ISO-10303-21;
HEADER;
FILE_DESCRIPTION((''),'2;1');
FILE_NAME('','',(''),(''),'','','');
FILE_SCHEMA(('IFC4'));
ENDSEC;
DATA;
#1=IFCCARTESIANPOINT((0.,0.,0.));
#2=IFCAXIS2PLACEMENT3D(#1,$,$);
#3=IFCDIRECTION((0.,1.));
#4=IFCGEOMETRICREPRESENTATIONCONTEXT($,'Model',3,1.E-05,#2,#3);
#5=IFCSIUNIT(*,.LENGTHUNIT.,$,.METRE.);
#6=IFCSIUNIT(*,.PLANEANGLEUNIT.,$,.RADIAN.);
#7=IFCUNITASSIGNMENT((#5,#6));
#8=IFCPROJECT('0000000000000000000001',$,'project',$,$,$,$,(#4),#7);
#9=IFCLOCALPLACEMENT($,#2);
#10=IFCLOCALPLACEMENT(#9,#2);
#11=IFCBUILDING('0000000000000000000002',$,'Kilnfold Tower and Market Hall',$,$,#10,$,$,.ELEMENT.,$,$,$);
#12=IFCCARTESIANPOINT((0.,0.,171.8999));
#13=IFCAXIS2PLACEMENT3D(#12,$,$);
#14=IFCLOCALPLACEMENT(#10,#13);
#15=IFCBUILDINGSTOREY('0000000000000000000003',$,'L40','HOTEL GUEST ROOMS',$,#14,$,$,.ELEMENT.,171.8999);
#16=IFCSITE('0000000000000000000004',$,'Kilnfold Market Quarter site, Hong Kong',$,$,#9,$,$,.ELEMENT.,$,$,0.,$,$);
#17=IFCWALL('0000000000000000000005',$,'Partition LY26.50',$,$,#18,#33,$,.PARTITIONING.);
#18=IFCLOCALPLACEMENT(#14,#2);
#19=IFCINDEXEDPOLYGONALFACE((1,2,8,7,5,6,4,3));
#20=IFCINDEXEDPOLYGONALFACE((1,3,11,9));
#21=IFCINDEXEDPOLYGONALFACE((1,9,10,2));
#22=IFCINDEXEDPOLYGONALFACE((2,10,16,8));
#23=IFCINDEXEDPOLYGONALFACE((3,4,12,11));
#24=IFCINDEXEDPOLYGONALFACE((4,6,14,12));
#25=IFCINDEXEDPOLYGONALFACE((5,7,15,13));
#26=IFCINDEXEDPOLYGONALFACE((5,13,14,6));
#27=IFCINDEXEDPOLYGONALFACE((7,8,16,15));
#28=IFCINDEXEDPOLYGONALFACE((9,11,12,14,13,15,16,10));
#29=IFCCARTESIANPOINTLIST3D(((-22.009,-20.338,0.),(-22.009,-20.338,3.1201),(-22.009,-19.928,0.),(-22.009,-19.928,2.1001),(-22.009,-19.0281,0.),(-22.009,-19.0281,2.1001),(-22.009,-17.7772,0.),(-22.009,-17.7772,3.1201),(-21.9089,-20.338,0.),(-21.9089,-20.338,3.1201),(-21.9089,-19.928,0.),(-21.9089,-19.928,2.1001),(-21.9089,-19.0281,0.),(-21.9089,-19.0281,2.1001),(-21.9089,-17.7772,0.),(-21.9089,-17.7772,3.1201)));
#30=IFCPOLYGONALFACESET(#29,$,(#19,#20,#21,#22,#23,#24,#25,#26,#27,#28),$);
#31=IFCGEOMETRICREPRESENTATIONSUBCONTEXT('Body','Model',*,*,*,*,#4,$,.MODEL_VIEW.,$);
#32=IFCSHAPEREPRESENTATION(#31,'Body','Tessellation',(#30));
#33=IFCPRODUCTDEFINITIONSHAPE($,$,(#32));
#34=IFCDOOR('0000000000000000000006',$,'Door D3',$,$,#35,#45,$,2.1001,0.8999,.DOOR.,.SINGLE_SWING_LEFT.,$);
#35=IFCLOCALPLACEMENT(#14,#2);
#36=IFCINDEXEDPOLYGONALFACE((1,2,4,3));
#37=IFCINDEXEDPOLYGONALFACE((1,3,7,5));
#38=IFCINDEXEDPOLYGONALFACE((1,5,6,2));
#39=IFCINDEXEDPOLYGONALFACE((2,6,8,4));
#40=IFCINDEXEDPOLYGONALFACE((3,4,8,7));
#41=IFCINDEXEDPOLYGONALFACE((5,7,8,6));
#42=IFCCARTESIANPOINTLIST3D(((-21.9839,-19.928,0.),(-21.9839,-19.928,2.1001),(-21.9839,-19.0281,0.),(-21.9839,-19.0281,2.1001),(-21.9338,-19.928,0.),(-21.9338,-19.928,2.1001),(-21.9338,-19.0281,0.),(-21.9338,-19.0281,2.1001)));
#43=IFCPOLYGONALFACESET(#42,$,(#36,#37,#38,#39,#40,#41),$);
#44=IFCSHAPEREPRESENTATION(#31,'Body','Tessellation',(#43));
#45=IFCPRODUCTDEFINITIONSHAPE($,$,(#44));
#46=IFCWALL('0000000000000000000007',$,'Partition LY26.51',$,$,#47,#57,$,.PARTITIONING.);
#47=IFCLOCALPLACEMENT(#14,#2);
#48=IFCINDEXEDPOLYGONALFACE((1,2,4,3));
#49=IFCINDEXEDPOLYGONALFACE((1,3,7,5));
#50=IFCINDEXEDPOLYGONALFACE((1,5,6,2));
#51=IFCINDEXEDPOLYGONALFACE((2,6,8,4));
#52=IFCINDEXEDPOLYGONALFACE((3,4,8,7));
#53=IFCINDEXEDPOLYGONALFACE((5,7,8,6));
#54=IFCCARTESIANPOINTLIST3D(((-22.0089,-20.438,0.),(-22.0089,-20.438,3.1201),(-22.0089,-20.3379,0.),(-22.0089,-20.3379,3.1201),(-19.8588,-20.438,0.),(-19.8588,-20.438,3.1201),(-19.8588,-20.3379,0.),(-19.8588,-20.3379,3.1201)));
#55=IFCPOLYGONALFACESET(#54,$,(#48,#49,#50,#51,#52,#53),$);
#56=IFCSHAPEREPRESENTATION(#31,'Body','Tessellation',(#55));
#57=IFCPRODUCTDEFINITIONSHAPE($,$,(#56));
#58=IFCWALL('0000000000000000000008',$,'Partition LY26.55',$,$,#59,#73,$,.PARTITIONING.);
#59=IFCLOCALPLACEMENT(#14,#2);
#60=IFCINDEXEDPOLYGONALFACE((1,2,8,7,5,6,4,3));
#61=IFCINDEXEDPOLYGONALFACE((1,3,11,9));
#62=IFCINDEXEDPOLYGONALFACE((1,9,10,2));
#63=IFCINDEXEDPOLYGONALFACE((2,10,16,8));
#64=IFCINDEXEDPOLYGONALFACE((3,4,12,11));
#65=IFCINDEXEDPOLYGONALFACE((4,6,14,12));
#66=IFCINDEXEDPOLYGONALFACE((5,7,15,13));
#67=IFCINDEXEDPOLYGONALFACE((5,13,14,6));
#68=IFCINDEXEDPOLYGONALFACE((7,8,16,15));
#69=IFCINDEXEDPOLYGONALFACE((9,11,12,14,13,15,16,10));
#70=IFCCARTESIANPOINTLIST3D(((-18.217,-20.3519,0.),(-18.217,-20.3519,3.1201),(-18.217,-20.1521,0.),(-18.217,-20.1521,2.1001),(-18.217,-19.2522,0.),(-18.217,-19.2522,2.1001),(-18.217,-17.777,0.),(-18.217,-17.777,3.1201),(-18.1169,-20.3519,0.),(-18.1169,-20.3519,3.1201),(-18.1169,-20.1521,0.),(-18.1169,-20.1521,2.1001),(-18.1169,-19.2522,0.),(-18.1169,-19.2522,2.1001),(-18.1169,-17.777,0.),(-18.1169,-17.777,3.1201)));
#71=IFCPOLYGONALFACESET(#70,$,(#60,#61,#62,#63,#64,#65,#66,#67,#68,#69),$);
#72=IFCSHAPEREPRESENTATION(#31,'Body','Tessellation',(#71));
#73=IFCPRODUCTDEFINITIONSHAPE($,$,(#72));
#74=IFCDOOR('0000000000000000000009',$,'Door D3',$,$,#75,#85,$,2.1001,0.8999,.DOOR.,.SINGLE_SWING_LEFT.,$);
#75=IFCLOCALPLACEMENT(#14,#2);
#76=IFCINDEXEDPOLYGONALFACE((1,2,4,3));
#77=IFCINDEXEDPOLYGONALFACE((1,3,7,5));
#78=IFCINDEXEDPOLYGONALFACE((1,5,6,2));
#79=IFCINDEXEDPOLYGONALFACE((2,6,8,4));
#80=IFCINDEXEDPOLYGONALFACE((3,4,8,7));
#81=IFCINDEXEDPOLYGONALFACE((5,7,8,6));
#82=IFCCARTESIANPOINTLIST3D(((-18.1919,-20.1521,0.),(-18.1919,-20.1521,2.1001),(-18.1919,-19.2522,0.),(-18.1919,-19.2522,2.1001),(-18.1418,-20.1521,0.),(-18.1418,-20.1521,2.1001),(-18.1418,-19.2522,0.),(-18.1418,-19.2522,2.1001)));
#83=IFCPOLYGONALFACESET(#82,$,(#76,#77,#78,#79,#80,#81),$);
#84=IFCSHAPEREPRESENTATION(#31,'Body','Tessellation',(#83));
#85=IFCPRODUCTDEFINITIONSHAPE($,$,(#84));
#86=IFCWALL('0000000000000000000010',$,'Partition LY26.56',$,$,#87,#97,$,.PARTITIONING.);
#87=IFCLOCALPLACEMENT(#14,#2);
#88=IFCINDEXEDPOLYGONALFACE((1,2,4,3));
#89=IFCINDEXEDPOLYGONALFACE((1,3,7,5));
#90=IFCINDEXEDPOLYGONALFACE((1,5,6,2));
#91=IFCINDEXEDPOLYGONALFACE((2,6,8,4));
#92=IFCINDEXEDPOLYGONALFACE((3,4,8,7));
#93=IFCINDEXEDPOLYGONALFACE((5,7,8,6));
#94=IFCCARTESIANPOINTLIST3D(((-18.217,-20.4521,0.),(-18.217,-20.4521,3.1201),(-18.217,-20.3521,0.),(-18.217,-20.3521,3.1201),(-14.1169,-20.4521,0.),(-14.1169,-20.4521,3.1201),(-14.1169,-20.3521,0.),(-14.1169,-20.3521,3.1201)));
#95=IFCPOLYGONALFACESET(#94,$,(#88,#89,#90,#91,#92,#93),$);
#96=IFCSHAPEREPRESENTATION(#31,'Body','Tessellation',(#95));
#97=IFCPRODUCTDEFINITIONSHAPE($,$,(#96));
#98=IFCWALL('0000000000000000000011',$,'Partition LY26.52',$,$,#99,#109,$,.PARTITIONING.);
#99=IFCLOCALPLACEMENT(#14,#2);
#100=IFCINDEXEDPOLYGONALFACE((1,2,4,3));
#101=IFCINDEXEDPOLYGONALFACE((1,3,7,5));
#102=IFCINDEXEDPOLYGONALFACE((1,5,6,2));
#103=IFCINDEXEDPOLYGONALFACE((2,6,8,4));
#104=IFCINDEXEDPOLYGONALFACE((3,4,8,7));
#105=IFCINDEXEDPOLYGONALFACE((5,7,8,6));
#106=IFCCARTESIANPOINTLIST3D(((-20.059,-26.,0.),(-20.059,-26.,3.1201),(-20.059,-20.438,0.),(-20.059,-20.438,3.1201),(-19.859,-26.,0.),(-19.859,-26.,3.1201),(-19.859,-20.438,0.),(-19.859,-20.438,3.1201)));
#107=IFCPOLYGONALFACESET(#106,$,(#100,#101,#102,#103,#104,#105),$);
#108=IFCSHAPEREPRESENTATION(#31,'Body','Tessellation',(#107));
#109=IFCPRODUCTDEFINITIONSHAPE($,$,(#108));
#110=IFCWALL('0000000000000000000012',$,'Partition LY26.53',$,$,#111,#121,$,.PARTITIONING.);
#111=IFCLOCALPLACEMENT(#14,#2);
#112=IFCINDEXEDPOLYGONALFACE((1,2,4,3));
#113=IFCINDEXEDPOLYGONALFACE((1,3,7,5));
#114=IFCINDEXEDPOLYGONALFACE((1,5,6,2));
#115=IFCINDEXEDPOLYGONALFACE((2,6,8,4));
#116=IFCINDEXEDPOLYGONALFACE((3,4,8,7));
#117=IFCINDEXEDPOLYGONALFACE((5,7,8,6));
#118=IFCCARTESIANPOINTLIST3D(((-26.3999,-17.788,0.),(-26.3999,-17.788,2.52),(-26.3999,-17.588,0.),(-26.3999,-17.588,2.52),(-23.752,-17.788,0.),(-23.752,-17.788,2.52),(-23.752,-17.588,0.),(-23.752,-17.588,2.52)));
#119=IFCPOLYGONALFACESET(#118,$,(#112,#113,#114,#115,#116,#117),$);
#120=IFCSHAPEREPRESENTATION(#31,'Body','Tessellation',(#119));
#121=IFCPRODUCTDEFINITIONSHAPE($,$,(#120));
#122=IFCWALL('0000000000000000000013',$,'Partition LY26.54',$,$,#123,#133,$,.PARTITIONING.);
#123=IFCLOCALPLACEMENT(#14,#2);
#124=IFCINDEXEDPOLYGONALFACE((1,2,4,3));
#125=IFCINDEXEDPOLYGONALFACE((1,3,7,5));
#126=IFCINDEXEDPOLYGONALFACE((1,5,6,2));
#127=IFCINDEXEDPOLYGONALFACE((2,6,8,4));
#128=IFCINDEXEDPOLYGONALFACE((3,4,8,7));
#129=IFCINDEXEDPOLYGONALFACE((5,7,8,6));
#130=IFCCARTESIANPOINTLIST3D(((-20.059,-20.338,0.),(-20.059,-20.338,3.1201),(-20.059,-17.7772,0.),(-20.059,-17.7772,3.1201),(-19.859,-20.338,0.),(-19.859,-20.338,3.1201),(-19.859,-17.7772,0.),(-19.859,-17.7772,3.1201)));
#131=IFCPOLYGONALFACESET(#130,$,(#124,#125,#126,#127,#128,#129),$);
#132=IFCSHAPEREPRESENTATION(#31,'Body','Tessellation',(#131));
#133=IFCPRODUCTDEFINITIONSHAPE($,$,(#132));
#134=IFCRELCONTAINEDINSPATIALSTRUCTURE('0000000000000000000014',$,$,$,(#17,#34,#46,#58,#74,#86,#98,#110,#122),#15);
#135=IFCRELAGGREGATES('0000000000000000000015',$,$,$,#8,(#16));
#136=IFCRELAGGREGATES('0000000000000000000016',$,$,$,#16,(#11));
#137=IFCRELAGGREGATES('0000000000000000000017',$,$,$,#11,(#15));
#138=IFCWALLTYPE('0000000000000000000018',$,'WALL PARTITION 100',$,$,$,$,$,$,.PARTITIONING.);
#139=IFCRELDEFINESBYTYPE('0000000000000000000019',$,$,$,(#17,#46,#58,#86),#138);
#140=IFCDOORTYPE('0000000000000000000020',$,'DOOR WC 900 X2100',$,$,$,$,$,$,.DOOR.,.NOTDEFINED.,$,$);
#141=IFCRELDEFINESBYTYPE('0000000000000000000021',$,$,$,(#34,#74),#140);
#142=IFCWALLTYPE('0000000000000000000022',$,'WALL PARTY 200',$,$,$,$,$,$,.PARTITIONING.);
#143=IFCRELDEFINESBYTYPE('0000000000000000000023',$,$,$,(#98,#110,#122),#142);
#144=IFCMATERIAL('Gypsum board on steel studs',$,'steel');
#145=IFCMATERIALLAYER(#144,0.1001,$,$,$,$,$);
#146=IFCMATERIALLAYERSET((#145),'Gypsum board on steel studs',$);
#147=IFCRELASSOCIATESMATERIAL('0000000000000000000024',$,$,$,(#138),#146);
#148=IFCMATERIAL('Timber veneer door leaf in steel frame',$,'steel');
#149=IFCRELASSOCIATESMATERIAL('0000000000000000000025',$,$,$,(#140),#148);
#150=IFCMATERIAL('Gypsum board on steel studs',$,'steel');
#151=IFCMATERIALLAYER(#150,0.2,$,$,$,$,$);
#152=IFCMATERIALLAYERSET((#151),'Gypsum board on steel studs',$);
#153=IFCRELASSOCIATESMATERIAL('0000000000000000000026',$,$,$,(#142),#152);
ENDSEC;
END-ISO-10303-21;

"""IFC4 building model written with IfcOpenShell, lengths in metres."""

from ifc_helpers import new_model, si_unit, direction, frame, frame_2d, origin, place, context, subcontext, project, spatial, rectangle, extrude, material, layer, layer_set, type_object, element, fill, save


model = new_model("IFC4")

# Units and contexts
model_context = context("Model", 3, precision=1e-05, world=origin(), true_north=direction((0.0, 1.0)))
body_context = subcontext(model_context, "Body", "Model", "MODEL_VIEW")
ifc_project = project(units=[si_unit("LENGTHUNIT", "METRE"), si_unit("PLANEANGLEUNIT", "RADIAN")], contexts=[model_context])

# Site, building, storey
site_placement = place(None, origin())
site = spatial("IfcSite", under=ifc_project, at=site_placement, Name="Kilnfold Market Quarter site, Hong Kong", CompositionType="ELEMENT", RefElevation=0.0)
building_placement = place(site_placement, origin())
building = spatial("IfcBuilding", under=site, at=building_placement, Name="Kilnfold Tower and Market Hall", CompositionType="ELEMENT")
storey_placement = place(building_placement, frame((0.0, 0.0, 171.8999)))
storey = spatial("IfcBuildingStorey", under=building, at=storey_placement, Name="L40", Description="HOTEL GUEST ROOMS", CompositionType="ELEMENT", Elevation=171.8999)

# Wall, opening, door
ifc_material_1 = material(Name="Gypsum board on steel studs", Category="steel")
ifc_layer_1 = layer(ifc_material_1, 0.1001)
ifc_layer_set_1 = layer_set([ifc_layer_1], Name="Gypsum board on steel studs")
wall_type_1 = type_object("IfcWallType", Name="WALL PARTITION 100", PredefinedType="PARTITIONING", material=ifc_layer_set_1)
wall_1_placement = place(storey_placement, frame((-21.959, -20.3379, 0.0), z_axis=(0.0, 0.0, 1.0), x_axis=(0.0, 1.0, 0.0)))
wall_1 = element("IfcWall", 1, at=wall_1_placement, inside=storey, type_object=wall_type_1, Name="Partition LY26.50", PredefinedType="PARTITIONING", context=body_context, shape_type="SweptSolid", body=[
    extrude(rectangle(XDim=2.5608, YDim=0.1001, at=frame_2d((1.2803, 0.0))), origin(), (0.0, 0.0, 1.0), 3.1201),
])
opening_1_placement = place(wall_1_placement, frame((0.4099, 0.0, 0.0)))
opening_1 = element("IfcOpeningElement", 2, at=opening_1_placement, cuts=wall_1, PredefinedType="OPENING", context=body_context, shape_type="SweptSolid", body=[
    extrude(rectangle(XDim=0.8999, YDim=2.1001, at=frame_2d((0.45, 1.05))), frame((0.0, 0.0601, 0.0), z_axis=(0.0, -1.0, 0.0), x_axis=(1.0, 0.0, 0.0)), (0.0, 0.0, 1.0), 0.1201),
])
ifc_material_2 = material(Name="Timber veneer door leaf in steel frame", Category="steel")
door_type_1 = type_object("IfcDoorType", Name="DOOR WC 900 X2100", OperationType="NOTDEFINED", PredefinedType="DOOR", material=ifc_material_2)
door_1_placement = place(opening_1_placement, origin())
door_1 = element("IfcDoor", 3, at=door_1_placement, inside=storey, type_object=door_type_1, Name="Door D3", OperationType="SINGLE_SWING_LEFT", OverallHeight=2.1001, OverallWidth=0.8999, PredefinedType="DOOR", context=body_context, shape_type="SweptSolid", body=[
    extrude(rectangle(XDim=0.8999, YDim=2.1001, at=frame_2d((0.45, 1.05))), frame((0.0, 0.0249, 0.0), z_axis=(0.0, -1.0, 0.0), x_axis=(1.0, 0.0, 0.0)), (0.0, 0.0, 1.0), 0.05),
])
fill(opening_1, door_1)

# Wall
wall_2_placement = place(storey_placement, frame((-22.009, -20.3879, 0.0), z_axis=(0.0, 0.0, 1.0), x_axis=(1.0, 0.0, 0.0)))
element("IfcWall", 4, at=wall_2_placement, inside=storey, type_object=wall_type_1, Name="Partition LY26.51", PredefinedType="PARTITIONING", context=body_context, shape_type="SweptSolid", body=[
    extrude(rectangle(XDim=2.1501, YDim=0.1001, at=frame_2d((1.0752, 0.0))), origin(), (0.0, 0.0, 1.0), 3.1201),
])

# Wall, opening, door
wall_3_placement = place(storey_placement, frame((-18.167, -20.3521, 0.0), z_axis=(0.0, 0.0, 1.0), x_axis=(0.0, 1.0, 0.0)))
wall_3 = element("IfcWall", 5, at=wall_3_placement, inside=storey, type_object=wall_type_1, Name="Partition LY26.55", PredefinedType="PARTITIONING", context=body_context, shape_type="SweptSolid", body=[
    extrude(rectangle(XDim=2.575, YDim=0.1001, at=frame_2d((1.2876, 0.0))), origin(), (0.0, 0.0, 1.0), 3.1201),
])
opening_2_placement = place(wall_3_placement, frame((0.2, 0.0, 0.0)))
opening_2 = element("IfcOpeningElement", 6, at=opening_2_placement, cuts=wall_3, PredefinedType="OPENING", context=body_context, shape_type="SweptSolid", body=[
    extrude(rectangle(XDim=0.8999, YDim=2.1001, at=frame_2d((0.45, 1.05))), frame((0.0, 0.0601, 0.0), z_axis=(0.0, -1.0, 0.0), x_axis=(1.0, 0.0, 0.0)), (0.0, 0.0, 1.0), 0.1201),
])
door_2_placement = place(opening_2_placement, origin())
door_2 = element("IfcDoor", 7, at=door_2_placement, inside=storey, type_object=door_type_1, Name="Door D3", OperationType="SINGLE_SWING_LEFT", OverallHeight=2.1001, OverallWidth=0.8999, PredefinedType="DOOR", context=body_context, shape_type="SweptSolid", body=[
    extrude(rectangle(XDim=0.8999, YDim=2.1001, at=frame_2d((0.45, 1.05))), frame((0.0, 0.0249, 0.0), z_axis=(0.0, -1.0, 0.0), x_axis=(1.0, 0.0, 0.0)), (0.0, 0.0, 1.0), 0.05),
])
fill(opening_2, door_2)

# Walls
wall_4_placement = place(storey_placement, frame((-18.217, -20.4021, 0.0), z_axis=(0.0, 0.0, 1.0), x_axis=(1.0, 0.0, 0.0)))
element("IfcWall", 8, at=wall_4_placement, inside=storey, type_object=wall_type_1, Name="Partition LY26.56", PredefinedType="PARTITIONING", context=body_context, shape_type="SweptSolid", body=[
    extrude(rectangle(XDim=4.1001, YDim=0.1001, at=frame_2d((2.05, 0.0))), origin(), (0.0, 0.0, 1.0), 3.1201),
])
ifc_material_3 = material(Name="Gypsum board on steel studs", Category="steel")
ifc_layer_2 = layer(ifc_material_3, 0.2)
ifc_layer_set_2 = layer_set([ifc_layer_2], Name="Gypsum board on steel studs")
wall_type_2 = type_object("IfcWallType", Name="WALL PARTY 200", PredefinedType="PARTITIONING", material=ifc_layer_set_2)
wall_5_placement = place(storey_placement, frame((-19.959, -26.0, 0.0), z_axis=(0.0, 0.0, 1.0), x_axis=(0.0, 1.0, 0.0)))
element("IfcWall", 9, at=wall_5_placement, inside=storey, type_object=wall_type_2, Name="Partition LY26.52", PredefinedType="PARTITIONING", context=body_context, shape_type="SweptSolid", body=[
    extrude(rectangle(XDim=5.562, YDim=0.2, at=frame_2d((2.781, 0.0))), origin(), (0.0, 0.0, 1.0), 3.1201),
])
wall_6_placement = place(storey_placement, frame((-26.3999, -17.688, 0.0), z_axis=(0.0, 0.0, 1.0), x_axis=(1.0, 0.0, 0.0)))
element("IfcWall", 10, at=wall_6_placement, inside=storey, type_object=wall_type_2, Name="Partition LY26.53", PredefinedType="PARTITIONING", context=body_context, shape_type="SweptSolid", body=[
    extrude(rectangle(XDim=2.6479, YDim=0.2, at=frame_2d((1.324, 0.0))), origin(), (0.0, 0.0, 1.0), 2.52),
])
wall_7_placement = place(storey_placement, frame((-19.959, -20.3379, 0.0), z_axis=(0.0, 0.0, 1.0), x_axis=(0.0, 1.0, 0.0)))
element("IfcWall", 11, at=wall_7_placement, inside=storey, type_object=wall_type_2, Name="Partition LY26.54", PredefinedType="PARTITIONING", context=body_context, shape_type="SweptSolid", body=[
    extrude(rectangle(XDim=2.5608, YDim=0.2, at=frame_2d((1.2803, 0.0))), origin(), (0.0, 0.0, 1.0), 3.1201),
])

save(model, "model.ifc")
